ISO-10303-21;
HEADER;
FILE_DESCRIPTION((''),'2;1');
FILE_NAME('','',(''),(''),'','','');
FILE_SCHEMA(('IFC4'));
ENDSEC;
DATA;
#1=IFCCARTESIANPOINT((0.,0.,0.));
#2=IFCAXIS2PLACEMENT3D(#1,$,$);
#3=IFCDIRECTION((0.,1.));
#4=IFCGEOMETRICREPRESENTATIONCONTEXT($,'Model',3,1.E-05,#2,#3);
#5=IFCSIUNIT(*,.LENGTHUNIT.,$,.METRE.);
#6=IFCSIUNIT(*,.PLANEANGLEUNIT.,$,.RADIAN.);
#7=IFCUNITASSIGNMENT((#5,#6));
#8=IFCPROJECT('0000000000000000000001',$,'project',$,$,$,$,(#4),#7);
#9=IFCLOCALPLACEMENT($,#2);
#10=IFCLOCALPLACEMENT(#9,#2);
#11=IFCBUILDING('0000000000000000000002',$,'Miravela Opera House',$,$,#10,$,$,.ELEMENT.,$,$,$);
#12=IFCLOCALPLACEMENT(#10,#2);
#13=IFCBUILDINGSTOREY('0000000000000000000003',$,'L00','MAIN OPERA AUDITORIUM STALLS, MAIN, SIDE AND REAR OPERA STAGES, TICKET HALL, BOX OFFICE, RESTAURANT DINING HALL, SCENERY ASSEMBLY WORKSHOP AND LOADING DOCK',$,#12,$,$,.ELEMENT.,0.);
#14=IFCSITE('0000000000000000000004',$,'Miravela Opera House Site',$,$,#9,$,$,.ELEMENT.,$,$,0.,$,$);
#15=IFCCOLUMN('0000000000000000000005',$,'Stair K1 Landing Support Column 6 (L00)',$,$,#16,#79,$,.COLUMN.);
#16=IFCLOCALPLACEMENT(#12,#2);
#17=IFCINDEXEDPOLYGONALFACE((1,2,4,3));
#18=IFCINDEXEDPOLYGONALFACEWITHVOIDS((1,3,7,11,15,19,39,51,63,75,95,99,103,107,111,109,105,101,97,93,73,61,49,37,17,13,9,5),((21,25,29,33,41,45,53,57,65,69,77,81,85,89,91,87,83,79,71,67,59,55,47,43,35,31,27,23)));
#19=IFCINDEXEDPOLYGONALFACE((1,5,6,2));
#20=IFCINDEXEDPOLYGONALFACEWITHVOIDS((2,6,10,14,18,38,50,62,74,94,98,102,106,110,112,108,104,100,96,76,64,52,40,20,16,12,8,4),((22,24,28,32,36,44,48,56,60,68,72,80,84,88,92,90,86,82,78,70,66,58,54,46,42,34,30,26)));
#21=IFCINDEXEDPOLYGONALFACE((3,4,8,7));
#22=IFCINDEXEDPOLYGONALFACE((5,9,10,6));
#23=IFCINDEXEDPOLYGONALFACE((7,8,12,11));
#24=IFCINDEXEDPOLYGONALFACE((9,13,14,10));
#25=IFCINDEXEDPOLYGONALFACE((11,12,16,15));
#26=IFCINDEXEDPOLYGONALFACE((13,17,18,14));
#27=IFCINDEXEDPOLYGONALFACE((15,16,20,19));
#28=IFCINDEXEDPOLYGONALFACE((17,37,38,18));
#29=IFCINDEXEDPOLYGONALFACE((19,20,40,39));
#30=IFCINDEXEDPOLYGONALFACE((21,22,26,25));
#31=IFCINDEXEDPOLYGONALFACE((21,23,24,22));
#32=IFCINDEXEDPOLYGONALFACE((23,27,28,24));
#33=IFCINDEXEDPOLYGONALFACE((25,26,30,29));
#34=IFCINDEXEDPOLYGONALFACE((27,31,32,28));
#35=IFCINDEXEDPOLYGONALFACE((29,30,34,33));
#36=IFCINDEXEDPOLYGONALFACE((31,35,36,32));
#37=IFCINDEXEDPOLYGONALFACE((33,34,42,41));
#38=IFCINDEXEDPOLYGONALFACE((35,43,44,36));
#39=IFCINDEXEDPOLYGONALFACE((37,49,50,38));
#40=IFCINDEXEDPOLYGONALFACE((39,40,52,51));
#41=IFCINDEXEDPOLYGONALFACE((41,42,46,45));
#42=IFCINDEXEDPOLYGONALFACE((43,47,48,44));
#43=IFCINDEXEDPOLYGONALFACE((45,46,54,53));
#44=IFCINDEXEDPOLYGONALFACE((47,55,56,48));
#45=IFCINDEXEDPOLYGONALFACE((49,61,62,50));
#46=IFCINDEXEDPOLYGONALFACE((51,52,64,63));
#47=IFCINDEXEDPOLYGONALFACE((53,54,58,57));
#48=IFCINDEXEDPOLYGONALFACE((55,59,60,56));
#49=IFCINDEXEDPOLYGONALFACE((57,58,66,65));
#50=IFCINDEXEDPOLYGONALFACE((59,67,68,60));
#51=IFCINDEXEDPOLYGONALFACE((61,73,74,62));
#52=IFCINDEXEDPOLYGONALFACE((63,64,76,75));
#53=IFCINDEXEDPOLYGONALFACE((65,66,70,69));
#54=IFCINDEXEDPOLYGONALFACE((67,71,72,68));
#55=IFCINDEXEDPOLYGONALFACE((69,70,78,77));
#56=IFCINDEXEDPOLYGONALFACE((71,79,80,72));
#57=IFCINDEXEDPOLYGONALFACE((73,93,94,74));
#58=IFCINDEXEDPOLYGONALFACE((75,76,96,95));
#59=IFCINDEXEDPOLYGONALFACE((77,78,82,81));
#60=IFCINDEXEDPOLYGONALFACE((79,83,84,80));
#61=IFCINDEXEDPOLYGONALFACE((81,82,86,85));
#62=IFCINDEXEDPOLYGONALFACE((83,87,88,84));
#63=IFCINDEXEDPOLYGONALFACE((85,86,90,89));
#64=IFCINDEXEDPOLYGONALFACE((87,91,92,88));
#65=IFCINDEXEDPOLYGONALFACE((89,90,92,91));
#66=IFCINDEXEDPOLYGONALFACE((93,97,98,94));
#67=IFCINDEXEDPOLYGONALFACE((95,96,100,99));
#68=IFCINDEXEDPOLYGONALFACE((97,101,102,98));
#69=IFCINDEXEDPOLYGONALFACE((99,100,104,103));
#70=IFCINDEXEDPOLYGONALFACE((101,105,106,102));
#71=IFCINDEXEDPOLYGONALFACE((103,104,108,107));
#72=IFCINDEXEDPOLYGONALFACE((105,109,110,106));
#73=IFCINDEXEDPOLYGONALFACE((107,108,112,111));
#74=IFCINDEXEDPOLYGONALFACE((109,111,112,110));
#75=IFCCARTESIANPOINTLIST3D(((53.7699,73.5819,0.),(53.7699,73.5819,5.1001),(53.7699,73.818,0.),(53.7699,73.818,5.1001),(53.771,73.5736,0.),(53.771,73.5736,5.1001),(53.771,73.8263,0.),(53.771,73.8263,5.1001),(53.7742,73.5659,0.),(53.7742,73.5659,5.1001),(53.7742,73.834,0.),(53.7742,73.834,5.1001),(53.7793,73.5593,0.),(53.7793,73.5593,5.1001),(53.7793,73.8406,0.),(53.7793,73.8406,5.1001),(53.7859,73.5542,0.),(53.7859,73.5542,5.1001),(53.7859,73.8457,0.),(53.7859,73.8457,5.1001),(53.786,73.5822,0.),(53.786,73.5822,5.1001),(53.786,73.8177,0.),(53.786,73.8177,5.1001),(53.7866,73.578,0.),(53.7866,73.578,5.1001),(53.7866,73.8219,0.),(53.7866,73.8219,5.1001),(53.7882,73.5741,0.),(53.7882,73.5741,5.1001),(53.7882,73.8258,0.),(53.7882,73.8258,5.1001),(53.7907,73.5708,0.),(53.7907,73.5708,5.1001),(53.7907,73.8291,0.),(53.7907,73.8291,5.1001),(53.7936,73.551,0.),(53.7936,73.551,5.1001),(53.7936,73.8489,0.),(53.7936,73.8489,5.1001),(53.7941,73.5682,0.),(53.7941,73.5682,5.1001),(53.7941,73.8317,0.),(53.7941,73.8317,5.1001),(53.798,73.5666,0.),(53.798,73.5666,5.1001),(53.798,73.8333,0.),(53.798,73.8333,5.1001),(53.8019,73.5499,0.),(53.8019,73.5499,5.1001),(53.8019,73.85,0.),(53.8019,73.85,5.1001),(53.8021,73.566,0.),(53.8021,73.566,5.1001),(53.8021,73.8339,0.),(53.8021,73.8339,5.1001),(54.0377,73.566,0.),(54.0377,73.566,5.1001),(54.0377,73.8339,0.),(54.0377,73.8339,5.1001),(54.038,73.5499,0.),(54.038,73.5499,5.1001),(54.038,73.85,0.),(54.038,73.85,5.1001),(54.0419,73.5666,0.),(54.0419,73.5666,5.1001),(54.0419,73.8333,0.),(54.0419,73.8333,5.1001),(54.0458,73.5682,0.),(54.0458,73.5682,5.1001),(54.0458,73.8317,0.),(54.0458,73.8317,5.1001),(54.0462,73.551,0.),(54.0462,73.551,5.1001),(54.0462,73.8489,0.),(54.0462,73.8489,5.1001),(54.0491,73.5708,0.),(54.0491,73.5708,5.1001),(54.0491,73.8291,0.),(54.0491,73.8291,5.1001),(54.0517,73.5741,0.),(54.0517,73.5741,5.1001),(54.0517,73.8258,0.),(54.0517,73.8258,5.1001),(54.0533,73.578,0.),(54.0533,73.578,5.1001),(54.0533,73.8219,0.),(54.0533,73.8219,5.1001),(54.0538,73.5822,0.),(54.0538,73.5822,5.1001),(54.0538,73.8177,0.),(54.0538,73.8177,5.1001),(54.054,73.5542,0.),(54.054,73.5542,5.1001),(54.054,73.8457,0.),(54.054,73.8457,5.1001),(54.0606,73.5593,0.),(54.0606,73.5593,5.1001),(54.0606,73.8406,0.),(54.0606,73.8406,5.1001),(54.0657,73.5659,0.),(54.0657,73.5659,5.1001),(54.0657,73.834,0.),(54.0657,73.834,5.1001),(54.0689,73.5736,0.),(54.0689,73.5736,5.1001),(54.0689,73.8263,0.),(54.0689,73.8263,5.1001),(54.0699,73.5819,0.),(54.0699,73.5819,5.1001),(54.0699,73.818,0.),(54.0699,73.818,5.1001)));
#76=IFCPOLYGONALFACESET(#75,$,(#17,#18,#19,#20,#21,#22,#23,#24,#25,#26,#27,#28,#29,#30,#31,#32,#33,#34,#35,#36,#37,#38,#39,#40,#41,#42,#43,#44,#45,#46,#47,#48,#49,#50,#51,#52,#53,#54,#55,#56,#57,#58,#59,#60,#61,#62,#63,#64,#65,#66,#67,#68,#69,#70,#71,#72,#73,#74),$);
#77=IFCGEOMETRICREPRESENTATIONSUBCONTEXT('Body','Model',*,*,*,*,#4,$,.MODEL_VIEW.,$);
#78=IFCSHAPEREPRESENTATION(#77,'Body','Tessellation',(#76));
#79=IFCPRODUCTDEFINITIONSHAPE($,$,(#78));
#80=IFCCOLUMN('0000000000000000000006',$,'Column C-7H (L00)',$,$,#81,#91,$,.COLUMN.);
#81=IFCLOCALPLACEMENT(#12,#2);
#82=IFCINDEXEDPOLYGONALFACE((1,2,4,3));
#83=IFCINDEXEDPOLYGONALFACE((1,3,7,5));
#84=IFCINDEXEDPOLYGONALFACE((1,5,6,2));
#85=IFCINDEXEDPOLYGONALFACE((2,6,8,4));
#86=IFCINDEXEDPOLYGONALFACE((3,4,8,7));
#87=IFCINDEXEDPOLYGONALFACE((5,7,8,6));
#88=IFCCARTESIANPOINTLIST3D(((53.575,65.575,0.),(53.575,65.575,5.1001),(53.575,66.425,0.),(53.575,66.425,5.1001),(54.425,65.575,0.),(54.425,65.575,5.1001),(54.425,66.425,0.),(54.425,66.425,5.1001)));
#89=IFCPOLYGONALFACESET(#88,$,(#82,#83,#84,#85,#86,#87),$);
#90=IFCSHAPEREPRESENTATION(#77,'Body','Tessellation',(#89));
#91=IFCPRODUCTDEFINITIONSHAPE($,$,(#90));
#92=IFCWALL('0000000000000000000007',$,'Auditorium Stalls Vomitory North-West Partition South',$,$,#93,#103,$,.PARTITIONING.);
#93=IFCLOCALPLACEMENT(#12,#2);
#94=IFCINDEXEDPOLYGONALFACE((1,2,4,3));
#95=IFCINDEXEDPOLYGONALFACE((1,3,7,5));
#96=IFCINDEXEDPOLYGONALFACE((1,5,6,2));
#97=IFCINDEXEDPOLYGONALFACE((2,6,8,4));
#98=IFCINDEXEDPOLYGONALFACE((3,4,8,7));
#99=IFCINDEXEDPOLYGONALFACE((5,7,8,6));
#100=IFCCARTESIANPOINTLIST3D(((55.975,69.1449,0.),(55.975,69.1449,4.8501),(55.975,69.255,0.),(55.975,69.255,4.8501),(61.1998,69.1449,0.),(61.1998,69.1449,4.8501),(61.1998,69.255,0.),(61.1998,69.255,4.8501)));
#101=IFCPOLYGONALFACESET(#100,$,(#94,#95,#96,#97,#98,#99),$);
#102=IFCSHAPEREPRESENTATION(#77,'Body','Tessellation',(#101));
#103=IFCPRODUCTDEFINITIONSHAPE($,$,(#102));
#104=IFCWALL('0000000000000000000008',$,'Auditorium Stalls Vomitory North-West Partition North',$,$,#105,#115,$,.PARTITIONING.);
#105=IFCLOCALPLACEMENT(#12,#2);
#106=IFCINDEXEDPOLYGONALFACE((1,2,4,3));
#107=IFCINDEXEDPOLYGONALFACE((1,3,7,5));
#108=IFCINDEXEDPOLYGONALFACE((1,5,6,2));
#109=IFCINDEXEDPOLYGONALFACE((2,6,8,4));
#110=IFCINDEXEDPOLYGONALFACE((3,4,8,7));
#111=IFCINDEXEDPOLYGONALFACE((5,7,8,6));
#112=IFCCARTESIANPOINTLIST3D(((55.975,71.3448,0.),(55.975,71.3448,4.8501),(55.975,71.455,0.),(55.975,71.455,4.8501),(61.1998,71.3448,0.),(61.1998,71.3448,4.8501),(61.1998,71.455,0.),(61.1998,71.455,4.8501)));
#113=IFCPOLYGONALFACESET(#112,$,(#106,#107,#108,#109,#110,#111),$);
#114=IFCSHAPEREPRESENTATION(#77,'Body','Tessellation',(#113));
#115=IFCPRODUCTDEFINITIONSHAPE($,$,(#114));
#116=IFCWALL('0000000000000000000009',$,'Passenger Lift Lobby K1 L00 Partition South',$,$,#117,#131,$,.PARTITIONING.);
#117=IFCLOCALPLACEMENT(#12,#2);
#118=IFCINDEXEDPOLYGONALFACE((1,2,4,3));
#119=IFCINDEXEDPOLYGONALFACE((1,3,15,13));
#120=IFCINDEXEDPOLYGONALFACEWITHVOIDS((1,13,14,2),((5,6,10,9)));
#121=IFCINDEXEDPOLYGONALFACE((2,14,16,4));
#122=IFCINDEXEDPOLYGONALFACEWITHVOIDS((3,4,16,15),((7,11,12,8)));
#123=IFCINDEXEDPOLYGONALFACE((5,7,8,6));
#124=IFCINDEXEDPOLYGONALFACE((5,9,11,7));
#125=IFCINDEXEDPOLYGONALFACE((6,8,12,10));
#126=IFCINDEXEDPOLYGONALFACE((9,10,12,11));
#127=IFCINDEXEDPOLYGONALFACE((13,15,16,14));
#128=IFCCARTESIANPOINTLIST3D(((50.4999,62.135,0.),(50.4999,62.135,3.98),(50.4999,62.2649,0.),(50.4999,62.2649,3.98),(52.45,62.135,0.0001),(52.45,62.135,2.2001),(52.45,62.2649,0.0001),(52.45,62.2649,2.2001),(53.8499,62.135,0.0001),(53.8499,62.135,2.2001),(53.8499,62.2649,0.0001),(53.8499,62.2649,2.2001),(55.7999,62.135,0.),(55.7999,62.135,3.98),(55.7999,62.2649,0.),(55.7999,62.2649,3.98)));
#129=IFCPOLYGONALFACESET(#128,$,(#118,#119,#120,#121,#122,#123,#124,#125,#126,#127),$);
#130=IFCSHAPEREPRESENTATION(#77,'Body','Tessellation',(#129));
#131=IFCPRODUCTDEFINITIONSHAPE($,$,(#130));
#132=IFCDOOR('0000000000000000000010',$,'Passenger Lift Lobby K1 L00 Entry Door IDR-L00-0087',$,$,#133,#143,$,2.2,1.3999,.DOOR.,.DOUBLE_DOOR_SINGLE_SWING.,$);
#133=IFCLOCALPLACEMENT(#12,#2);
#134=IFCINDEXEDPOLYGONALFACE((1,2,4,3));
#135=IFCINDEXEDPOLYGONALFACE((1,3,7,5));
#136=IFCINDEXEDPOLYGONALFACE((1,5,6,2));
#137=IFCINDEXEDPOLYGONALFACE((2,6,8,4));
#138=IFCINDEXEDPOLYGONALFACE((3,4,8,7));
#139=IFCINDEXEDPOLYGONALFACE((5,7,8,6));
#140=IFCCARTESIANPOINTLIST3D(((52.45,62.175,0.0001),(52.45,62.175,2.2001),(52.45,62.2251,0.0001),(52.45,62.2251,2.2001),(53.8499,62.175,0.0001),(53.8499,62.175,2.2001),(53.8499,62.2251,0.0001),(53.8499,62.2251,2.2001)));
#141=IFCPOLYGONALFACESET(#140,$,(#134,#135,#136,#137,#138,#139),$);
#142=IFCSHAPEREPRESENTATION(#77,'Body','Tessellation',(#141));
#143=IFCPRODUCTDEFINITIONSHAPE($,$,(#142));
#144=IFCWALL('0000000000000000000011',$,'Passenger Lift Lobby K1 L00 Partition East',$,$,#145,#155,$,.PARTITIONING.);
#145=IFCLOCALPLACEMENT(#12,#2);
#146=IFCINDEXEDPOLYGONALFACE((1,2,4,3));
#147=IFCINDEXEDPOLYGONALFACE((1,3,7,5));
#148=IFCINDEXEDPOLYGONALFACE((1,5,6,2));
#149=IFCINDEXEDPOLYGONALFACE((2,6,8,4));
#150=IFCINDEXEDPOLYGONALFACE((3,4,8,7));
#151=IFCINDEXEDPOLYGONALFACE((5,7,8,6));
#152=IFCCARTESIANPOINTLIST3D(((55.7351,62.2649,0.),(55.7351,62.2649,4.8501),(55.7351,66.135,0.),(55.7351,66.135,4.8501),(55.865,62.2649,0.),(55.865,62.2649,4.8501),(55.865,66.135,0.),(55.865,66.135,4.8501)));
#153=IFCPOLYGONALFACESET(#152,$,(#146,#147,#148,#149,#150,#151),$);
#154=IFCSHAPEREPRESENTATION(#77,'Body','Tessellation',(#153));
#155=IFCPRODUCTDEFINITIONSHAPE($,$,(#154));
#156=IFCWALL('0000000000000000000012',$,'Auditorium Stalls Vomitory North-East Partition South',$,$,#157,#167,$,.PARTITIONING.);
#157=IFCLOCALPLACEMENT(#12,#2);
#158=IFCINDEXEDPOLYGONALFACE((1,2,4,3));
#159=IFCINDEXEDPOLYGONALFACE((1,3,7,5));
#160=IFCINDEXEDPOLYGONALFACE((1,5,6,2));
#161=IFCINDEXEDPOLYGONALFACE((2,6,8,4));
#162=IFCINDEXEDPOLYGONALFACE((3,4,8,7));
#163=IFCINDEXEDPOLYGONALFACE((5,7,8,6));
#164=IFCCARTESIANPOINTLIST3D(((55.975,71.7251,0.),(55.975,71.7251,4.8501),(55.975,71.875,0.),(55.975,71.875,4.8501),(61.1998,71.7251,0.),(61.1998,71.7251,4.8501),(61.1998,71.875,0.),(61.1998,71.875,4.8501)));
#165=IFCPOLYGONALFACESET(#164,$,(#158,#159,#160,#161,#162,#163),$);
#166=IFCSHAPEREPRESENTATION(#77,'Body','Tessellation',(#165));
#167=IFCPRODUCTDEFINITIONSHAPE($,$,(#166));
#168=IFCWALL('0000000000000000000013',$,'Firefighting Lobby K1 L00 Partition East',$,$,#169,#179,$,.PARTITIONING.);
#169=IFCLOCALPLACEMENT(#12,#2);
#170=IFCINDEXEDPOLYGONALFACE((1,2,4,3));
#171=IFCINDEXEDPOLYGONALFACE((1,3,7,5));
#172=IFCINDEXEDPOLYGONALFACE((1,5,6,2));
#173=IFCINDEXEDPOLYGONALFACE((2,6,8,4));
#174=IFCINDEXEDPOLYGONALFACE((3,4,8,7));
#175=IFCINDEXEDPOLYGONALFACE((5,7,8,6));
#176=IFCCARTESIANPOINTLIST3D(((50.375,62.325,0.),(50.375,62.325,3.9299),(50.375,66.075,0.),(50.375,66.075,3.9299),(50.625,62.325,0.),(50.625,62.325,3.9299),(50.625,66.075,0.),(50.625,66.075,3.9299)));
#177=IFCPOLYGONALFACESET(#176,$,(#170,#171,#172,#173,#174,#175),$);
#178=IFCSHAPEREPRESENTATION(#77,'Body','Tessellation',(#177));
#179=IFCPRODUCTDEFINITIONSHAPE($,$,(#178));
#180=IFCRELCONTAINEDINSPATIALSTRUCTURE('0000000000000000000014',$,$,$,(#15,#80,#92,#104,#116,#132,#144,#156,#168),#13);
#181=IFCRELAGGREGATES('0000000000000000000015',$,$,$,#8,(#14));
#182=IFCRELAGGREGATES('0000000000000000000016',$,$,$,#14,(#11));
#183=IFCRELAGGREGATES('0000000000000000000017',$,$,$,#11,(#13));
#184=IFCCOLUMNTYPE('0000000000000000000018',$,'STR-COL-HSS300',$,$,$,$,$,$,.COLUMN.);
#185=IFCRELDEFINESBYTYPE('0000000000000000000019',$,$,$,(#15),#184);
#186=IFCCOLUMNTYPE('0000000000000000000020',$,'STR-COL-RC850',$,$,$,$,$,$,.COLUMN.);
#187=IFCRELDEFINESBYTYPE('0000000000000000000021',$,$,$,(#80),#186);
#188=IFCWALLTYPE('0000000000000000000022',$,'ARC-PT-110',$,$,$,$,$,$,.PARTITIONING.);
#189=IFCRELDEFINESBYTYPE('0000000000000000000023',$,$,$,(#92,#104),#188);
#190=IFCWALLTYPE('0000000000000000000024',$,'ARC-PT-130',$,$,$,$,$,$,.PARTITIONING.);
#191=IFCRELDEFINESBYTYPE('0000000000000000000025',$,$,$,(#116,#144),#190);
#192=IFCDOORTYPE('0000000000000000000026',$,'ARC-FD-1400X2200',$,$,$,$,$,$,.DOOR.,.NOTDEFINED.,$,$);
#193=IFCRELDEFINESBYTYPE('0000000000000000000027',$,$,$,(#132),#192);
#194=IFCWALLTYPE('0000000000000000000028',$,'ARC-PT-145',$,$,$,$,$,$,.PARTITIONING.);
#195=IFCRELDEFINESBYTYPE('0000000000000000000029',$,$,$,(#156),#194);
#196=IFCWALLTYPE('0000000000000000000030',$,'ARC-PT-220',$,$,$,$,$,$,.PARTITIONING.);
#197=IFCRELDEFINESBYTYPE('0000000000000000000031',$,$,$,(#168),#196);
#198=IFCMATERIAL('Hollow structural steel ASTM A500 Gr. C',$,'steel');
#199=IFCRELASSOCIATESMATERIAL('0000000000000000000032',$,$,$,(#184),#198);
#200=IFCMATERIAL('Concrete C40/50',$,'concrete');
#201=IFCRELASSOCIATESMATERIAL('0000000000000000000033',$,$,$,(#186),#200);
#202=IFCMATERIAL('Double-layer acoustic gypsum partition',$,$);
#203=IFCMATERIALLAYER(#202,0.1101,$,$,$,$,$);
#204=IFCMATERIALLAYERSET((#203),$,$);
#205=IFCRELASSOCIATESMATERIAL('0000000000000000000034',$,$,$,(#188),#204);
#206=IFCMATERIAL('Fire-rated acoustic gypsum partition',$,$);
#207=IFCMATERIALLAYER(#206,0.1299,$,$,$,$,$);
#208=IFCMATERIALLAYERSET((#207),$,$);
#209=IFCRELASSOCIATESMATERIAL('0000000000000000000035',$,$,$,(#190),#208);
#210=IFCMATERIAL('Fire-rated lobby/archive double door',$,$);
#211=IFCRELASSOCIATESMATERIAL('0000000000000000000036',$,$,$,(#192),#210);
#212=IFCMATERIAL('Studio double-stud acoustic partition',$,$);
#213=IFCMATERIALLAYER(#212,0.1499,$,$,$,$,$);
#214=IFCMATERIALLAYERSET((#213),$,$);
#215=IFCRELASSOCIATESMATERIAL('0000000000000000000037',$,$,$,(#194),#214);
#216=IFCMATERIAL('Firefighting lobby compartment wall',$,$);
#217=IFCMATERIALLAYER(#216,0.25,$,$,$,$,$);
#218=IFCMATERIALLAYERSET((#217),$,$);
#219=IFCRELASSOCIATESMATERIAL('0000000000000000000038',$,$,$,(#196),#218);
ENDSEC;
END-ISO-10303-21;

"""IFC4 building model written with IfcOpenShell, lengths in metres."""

from ifc_helpers import new_model, si_unit, direction, frame, frame_2d, origin, origin_2d, place, context, subcontext, project, spatial, rectangle, hollow_rectangle, extrude, material, layer, layer_set, material_profile, profile_set, type_object, element, fill, save


model = new_model("IFC4")

# Units and contexts
model_context = context("Model", 3, precision=1e-05, world=origin(), true_north=direction((0.0, 1.0)))
body_context = subcontext(model_context, "Body", "Model", "MODEL_VIEW")
ifc_project = project(units=[si_unit("LENGTHUNIT", "METRE"), si_unit("PLANEANGLEUNIT", "RADIAN")], contexts=[model_context])

# Site, building, storey
site_placement = place(None, origin())
site = spatial("IfcSite", under=ifc_project, at=site_placement, Name="Miravela Opera House Site", CompositionType="ELEMENT", RefElevation=0.0)
building_placement = place(site_placement, origin())
building = spatial("IfcBuilding", under=site, at=building_placement, Name="Miravela Opera House", CompositionType="ELEMENT")
storey_placement = place(building_placement, origin())
storey = spatial("IfcBuildingStorey", under=building, at=storey_placement, Name="L00", Description="MAIN OPERA AUDITORIUM STALLS, MAIN, SIDE AND REAR OPERA STAGES, TICKET HALL, BOX OFFICE, RESTAURANT DINING HALL, SCENERY ASSEMBLY WORKSHOP AND LOADING DOCK", CompositionType="ELEMENT", Elevation=0.0)

# Columns
ifc_material_1 = material(Name="Hollow structural steel ASTM A500 Gr. C", Category="steel")
ifc_material_profile_1 = material_profile(ifc_material_1, hollow_rectangle(XDim=0.3, YDim=0.3, WallThickness=0.0161, InnerFilletRadius=0.0161, OuterFilletRadius=0.032, at=origin_2d()), Name="HSS300X300X16")
ifc_profile_set_1 = profile_set([ifc_material_profile_1])
column_type_1 = type_object("IfcColumnType", Name="STR-COL-HSS300", PredefinedType="COLUMN", material=ifc_profile_set_1)
for number, where, z_axis, x_axis, name in (
    (1, (53.9199, 73.7, 0.0), (0.0, 0.0, 1.0), (1.0, 0.0, 0.0), "Stair K1 Landing Support Column 6 (L00)"),
):
    element("IfcColumn", number, at=place(storey_placement, frame(where, z_axis=z_axis, x_axis=x_axis)), inside=storey, type_object=column_type_1, Name=name, PredefinedType="COLUMN", context=body_context, shape_type="SweptSolid", body=[
        extrude(hollow_rectangle(XDim=0.3, YDim=0.3, WallThickness=0.0161, InnerFilletRadius=0.0161, OuterFilletRadius=0.032, at=origin_2d()), origin(), (0.0, 0.0, 1.0), 5.1001),
    ])
ifc_material_2 = material(Name="Concrete C40/50", Category="concrete")
ifc_material_profile_2 = material_profile(ifc_material_2, rectangle(XDim=0.8501, YDim=0.8501, at=origin_2d()), Name="RC-COL-850X850")
ifc_profile_set_2 = profile_set([ifc_material_profile_2])
column_type_2 = type_object("IfcColumnType", Name="STR-COL-RC850", PredefinedType="COLUMN", material=ifc_profile_set_2)
column_placement = place(storey_placement, frame((54.0, 66.0, 0.0), z_axis=(0.0, 0.0, 1.0), x_axis=(1.0, 0.0, 0.0)))
element("IfcColumn", 2, at=column_placement, inside=storey, type_object=column_type_2, Name="Column C-7H (L00)", PredefinedType="COLUMN", context=body_context, shape_type="SweptSolid", body=[
    extrude(rectangle(XDim=0.8501, YDim=0.8501, at=origin_2d()), origin(), (0.0, 0.0, 1.0), 5.1001),
])

# Walls
ifc_material_3 = material(Name="Double-layer acoustic gypsum partition")
ifc_layer_1 = layer(ifc_material_3, 0.1101)
ifc_layer_set_1 = layer_set([ifc_layer_1])
wall_type_1 = type_object("IfcWallType", Name="ARC-PT-110", PredefinedType="PARTITIONING", material=ifc_layer_set_1)
for number, where, z_axis, x_axis, name in (
    (3, (55.9751, 69.2, 0.0), (0.0, 0.0, 1.0), (1.0, 0.0, 0.0), "Auditorium Stalls Vomitory North-West Partition South"),
    (4, (55.9751, 71.3999, 0.0), (0.0, 0.0, 1.0), (1.0, 0.0, 0.0), "Auditorium Stalls Vomitory North-West Partition North"),
):
    element("IfcWall", number, at=place(storey_placement, frame(where, z_axis=z_axis, x_axis=x_axis)), inside=storey, type_object=wall_type_1, Name=name, PredefinedType="PARTITIONING", context=body_context, shape_type="SweptSolid", body=[
        extrude(rectangle(XDim=5.2249, YDim=0.1101, at=frame_2d((2.6123, 0.0))), origin(), (0.0, 0.0, 1.0), 4.8501),
    ])

# Wall, opening, door
ifc_material_4 = material(Name="Fire-rated acoustic gypsum partition")
ifc_layer_2 = layer(ifc_material_4, 0.1299)
ifc_layer_set_2 = layer_set([ifc_layer_2])
wall_type_2 = type_object("IfcWallType", Name="ARC-PT-130", PredefinedType="PARTITIONING", material=ifc_layer_set_2)
wall_1_placement = place(storey_placement, frame((50.5, 62.2, 0.0), z_axis=(0.0, 0.0, 1.0), x_axis=(1.0, 0.0, 0.0)))
wall_1 = element("IfcWall", 5, at=wall_1_placement, inside=storey, type_object=wall_type_2, Name="Passenger Lift Lobby K1 L00 Partition South", PredefinedType="PARTITIONING", context=body_context, shape_type="SweptSolid", body=[
    extrude(rectangle(XDim=5.3, YDim=0.1299, at=frame_2d((2.6499, 0.0))), origin(), (0.0, 0.0, 1.0), 3.98),
])
opening_placement = place(wall_1_placement, frame((1.95, 0.0, 0.0)))
opening = element("IfcOpeningElement", 6, at=opening_placement, cuts=wall_1, PredefinedType="OPENING", context=body_context, shape_type="SweptSolid", body=[
    extrude(rectangle(XDim=1.3999, YDim=2.2, at=frame_2d((0.7, 1.1001))), frame((0.0, 0.075, 0.0), z_axis=(0.0, -1.0, 0.0), x_axis=(1.0, 0.0, 0.0)), (0.0, 0.0, 1.0), 0.1499),
])
ifc_material_5 = material(Name="Fire-rated lobby/archive double door")
door_type = type_object("IfcDoorType", Name="ARC-FD-1400X2200", OperationType="NOTDEFINED", PredefinedType="DOOR", material=ifc_material_5)
door_placement = place(opening_placement, frame((1.3999, 0.0, 0.0), z_axis=(0.0, 0.0, 1.0), x_axis=(-1.0, 0.0, 0.0)))
door = element("IfcDoor", 7, at=door_placement, inside=storey, type_object=door_type, Name="Passenger Lift Lobby K1 L00 Entry Door IDR-L00-0087", OperationType="DOUBLE_DOOR_SINGLE_SWING", OverallHeight=2.2, OverallWidth=1.3999, PredefinedType="DOOR", context=body_context, shape_type="SweptSolid", body=[
    extrude(rectangle(XDim=1.3999, YDim=2.2, at=frame_2d((0.7, 1.1001))), frame((0.0, 0.0249, 0.0), z_axis=(0.0, -1.0, 0.0), x_axis=(1.0, 0.0, 0.0)), (0.0, 0.0, 1.0), 0.05),
])
fill(opening, door)

# Walls
wall_2_placement = place(storey_placement, frame((55.8, 62.2649, 0.0), z_axis=(0.0, 0.0, 1.0), x_axis=(0.0, 1.0, 0.0)))
element("IfcWall", 8, at=wall_2_placement, inside=storey, type_object=wall_type_2, Name="Passenger Lift Lobby K1 L00 Partition East", PredefinedType="PARTITIONING", context=body_context, shape_type="SweptSolid", body=[
    extrude(rectangle(XDim=3.8701, YDim=0.1299, at=frame_2d((1.9351, 0.0))), origin(), (0.0, 0.0, 1.0), 4.8501),
])
ifc_material_6 = material(Name="Studio double-stud acoustic partition")
ifc_layer_3 = layer(ifc_material_6, 0.1499)
ifc_layer_set_3 = layer_set([ifc_layer_3])
wall_type_3 = type_object("IfcWallType", Name="ARC-PT-145", PredefinedType="PARTITIONING", material=ifc_layer_set_3)
wall_3_placement = place(storey_placement, frame((55.9751, 71.8, 0.0), z_axis=(0.0, 0.0, 1.0), x_axis=(1.0, 0.0, 0.0)))
element("IfcWall", 9, at=wall_3_placement, inside=storey, type_object=wall_type_3, Name="Auditorium Stalls Vomitory North-East Partition South", PredefinedType="PARTITIONING", context=body_context, shape_type="SweptSolid", body=[
    extrude(rectangle(XDim=5.2249, YDim=0.1499, at=frame_2d((2.6123, 0.0))), origin(), (0.0, 0.0, 1.0), 4.8501),
])
ifc_material_7 = material(Name="Firefighting lobby compartment wall")
ifc_layer_4 = layer(ifc_material_7, 0.25)
ifc_layer_set_4 = layer_set([ifc_layer_4])
wall_type_4 = type_object("IfcWallType", Name="ARC-PT-220", PredefinedType="PARTITIONING", material=ifc_layer_set_4)
wall_4_placement = place(storey_placement, frame((50.5, 62.325, 0.0), z_axis=(0.0, 0.0, 1.0), x_axis=(0.0, 1.0, 0.0)))
element("IfcWall", 10, at=wall_4_placement, inside=storey, type_object=wall_type_4, Name="Firefighting Lobby K1 L00 Partition East", PredefinedType="PARTITIONING", context=body_context, shape_type="SweptSolid", body=[
    extrude(rectangle(XDim=3.75, YDim=0.25, at=frame_2d((1.875, 0.0))), origin(), (0.0, 0.0, 1.0), 3.9299),
])

save(model, "model.ifc")
